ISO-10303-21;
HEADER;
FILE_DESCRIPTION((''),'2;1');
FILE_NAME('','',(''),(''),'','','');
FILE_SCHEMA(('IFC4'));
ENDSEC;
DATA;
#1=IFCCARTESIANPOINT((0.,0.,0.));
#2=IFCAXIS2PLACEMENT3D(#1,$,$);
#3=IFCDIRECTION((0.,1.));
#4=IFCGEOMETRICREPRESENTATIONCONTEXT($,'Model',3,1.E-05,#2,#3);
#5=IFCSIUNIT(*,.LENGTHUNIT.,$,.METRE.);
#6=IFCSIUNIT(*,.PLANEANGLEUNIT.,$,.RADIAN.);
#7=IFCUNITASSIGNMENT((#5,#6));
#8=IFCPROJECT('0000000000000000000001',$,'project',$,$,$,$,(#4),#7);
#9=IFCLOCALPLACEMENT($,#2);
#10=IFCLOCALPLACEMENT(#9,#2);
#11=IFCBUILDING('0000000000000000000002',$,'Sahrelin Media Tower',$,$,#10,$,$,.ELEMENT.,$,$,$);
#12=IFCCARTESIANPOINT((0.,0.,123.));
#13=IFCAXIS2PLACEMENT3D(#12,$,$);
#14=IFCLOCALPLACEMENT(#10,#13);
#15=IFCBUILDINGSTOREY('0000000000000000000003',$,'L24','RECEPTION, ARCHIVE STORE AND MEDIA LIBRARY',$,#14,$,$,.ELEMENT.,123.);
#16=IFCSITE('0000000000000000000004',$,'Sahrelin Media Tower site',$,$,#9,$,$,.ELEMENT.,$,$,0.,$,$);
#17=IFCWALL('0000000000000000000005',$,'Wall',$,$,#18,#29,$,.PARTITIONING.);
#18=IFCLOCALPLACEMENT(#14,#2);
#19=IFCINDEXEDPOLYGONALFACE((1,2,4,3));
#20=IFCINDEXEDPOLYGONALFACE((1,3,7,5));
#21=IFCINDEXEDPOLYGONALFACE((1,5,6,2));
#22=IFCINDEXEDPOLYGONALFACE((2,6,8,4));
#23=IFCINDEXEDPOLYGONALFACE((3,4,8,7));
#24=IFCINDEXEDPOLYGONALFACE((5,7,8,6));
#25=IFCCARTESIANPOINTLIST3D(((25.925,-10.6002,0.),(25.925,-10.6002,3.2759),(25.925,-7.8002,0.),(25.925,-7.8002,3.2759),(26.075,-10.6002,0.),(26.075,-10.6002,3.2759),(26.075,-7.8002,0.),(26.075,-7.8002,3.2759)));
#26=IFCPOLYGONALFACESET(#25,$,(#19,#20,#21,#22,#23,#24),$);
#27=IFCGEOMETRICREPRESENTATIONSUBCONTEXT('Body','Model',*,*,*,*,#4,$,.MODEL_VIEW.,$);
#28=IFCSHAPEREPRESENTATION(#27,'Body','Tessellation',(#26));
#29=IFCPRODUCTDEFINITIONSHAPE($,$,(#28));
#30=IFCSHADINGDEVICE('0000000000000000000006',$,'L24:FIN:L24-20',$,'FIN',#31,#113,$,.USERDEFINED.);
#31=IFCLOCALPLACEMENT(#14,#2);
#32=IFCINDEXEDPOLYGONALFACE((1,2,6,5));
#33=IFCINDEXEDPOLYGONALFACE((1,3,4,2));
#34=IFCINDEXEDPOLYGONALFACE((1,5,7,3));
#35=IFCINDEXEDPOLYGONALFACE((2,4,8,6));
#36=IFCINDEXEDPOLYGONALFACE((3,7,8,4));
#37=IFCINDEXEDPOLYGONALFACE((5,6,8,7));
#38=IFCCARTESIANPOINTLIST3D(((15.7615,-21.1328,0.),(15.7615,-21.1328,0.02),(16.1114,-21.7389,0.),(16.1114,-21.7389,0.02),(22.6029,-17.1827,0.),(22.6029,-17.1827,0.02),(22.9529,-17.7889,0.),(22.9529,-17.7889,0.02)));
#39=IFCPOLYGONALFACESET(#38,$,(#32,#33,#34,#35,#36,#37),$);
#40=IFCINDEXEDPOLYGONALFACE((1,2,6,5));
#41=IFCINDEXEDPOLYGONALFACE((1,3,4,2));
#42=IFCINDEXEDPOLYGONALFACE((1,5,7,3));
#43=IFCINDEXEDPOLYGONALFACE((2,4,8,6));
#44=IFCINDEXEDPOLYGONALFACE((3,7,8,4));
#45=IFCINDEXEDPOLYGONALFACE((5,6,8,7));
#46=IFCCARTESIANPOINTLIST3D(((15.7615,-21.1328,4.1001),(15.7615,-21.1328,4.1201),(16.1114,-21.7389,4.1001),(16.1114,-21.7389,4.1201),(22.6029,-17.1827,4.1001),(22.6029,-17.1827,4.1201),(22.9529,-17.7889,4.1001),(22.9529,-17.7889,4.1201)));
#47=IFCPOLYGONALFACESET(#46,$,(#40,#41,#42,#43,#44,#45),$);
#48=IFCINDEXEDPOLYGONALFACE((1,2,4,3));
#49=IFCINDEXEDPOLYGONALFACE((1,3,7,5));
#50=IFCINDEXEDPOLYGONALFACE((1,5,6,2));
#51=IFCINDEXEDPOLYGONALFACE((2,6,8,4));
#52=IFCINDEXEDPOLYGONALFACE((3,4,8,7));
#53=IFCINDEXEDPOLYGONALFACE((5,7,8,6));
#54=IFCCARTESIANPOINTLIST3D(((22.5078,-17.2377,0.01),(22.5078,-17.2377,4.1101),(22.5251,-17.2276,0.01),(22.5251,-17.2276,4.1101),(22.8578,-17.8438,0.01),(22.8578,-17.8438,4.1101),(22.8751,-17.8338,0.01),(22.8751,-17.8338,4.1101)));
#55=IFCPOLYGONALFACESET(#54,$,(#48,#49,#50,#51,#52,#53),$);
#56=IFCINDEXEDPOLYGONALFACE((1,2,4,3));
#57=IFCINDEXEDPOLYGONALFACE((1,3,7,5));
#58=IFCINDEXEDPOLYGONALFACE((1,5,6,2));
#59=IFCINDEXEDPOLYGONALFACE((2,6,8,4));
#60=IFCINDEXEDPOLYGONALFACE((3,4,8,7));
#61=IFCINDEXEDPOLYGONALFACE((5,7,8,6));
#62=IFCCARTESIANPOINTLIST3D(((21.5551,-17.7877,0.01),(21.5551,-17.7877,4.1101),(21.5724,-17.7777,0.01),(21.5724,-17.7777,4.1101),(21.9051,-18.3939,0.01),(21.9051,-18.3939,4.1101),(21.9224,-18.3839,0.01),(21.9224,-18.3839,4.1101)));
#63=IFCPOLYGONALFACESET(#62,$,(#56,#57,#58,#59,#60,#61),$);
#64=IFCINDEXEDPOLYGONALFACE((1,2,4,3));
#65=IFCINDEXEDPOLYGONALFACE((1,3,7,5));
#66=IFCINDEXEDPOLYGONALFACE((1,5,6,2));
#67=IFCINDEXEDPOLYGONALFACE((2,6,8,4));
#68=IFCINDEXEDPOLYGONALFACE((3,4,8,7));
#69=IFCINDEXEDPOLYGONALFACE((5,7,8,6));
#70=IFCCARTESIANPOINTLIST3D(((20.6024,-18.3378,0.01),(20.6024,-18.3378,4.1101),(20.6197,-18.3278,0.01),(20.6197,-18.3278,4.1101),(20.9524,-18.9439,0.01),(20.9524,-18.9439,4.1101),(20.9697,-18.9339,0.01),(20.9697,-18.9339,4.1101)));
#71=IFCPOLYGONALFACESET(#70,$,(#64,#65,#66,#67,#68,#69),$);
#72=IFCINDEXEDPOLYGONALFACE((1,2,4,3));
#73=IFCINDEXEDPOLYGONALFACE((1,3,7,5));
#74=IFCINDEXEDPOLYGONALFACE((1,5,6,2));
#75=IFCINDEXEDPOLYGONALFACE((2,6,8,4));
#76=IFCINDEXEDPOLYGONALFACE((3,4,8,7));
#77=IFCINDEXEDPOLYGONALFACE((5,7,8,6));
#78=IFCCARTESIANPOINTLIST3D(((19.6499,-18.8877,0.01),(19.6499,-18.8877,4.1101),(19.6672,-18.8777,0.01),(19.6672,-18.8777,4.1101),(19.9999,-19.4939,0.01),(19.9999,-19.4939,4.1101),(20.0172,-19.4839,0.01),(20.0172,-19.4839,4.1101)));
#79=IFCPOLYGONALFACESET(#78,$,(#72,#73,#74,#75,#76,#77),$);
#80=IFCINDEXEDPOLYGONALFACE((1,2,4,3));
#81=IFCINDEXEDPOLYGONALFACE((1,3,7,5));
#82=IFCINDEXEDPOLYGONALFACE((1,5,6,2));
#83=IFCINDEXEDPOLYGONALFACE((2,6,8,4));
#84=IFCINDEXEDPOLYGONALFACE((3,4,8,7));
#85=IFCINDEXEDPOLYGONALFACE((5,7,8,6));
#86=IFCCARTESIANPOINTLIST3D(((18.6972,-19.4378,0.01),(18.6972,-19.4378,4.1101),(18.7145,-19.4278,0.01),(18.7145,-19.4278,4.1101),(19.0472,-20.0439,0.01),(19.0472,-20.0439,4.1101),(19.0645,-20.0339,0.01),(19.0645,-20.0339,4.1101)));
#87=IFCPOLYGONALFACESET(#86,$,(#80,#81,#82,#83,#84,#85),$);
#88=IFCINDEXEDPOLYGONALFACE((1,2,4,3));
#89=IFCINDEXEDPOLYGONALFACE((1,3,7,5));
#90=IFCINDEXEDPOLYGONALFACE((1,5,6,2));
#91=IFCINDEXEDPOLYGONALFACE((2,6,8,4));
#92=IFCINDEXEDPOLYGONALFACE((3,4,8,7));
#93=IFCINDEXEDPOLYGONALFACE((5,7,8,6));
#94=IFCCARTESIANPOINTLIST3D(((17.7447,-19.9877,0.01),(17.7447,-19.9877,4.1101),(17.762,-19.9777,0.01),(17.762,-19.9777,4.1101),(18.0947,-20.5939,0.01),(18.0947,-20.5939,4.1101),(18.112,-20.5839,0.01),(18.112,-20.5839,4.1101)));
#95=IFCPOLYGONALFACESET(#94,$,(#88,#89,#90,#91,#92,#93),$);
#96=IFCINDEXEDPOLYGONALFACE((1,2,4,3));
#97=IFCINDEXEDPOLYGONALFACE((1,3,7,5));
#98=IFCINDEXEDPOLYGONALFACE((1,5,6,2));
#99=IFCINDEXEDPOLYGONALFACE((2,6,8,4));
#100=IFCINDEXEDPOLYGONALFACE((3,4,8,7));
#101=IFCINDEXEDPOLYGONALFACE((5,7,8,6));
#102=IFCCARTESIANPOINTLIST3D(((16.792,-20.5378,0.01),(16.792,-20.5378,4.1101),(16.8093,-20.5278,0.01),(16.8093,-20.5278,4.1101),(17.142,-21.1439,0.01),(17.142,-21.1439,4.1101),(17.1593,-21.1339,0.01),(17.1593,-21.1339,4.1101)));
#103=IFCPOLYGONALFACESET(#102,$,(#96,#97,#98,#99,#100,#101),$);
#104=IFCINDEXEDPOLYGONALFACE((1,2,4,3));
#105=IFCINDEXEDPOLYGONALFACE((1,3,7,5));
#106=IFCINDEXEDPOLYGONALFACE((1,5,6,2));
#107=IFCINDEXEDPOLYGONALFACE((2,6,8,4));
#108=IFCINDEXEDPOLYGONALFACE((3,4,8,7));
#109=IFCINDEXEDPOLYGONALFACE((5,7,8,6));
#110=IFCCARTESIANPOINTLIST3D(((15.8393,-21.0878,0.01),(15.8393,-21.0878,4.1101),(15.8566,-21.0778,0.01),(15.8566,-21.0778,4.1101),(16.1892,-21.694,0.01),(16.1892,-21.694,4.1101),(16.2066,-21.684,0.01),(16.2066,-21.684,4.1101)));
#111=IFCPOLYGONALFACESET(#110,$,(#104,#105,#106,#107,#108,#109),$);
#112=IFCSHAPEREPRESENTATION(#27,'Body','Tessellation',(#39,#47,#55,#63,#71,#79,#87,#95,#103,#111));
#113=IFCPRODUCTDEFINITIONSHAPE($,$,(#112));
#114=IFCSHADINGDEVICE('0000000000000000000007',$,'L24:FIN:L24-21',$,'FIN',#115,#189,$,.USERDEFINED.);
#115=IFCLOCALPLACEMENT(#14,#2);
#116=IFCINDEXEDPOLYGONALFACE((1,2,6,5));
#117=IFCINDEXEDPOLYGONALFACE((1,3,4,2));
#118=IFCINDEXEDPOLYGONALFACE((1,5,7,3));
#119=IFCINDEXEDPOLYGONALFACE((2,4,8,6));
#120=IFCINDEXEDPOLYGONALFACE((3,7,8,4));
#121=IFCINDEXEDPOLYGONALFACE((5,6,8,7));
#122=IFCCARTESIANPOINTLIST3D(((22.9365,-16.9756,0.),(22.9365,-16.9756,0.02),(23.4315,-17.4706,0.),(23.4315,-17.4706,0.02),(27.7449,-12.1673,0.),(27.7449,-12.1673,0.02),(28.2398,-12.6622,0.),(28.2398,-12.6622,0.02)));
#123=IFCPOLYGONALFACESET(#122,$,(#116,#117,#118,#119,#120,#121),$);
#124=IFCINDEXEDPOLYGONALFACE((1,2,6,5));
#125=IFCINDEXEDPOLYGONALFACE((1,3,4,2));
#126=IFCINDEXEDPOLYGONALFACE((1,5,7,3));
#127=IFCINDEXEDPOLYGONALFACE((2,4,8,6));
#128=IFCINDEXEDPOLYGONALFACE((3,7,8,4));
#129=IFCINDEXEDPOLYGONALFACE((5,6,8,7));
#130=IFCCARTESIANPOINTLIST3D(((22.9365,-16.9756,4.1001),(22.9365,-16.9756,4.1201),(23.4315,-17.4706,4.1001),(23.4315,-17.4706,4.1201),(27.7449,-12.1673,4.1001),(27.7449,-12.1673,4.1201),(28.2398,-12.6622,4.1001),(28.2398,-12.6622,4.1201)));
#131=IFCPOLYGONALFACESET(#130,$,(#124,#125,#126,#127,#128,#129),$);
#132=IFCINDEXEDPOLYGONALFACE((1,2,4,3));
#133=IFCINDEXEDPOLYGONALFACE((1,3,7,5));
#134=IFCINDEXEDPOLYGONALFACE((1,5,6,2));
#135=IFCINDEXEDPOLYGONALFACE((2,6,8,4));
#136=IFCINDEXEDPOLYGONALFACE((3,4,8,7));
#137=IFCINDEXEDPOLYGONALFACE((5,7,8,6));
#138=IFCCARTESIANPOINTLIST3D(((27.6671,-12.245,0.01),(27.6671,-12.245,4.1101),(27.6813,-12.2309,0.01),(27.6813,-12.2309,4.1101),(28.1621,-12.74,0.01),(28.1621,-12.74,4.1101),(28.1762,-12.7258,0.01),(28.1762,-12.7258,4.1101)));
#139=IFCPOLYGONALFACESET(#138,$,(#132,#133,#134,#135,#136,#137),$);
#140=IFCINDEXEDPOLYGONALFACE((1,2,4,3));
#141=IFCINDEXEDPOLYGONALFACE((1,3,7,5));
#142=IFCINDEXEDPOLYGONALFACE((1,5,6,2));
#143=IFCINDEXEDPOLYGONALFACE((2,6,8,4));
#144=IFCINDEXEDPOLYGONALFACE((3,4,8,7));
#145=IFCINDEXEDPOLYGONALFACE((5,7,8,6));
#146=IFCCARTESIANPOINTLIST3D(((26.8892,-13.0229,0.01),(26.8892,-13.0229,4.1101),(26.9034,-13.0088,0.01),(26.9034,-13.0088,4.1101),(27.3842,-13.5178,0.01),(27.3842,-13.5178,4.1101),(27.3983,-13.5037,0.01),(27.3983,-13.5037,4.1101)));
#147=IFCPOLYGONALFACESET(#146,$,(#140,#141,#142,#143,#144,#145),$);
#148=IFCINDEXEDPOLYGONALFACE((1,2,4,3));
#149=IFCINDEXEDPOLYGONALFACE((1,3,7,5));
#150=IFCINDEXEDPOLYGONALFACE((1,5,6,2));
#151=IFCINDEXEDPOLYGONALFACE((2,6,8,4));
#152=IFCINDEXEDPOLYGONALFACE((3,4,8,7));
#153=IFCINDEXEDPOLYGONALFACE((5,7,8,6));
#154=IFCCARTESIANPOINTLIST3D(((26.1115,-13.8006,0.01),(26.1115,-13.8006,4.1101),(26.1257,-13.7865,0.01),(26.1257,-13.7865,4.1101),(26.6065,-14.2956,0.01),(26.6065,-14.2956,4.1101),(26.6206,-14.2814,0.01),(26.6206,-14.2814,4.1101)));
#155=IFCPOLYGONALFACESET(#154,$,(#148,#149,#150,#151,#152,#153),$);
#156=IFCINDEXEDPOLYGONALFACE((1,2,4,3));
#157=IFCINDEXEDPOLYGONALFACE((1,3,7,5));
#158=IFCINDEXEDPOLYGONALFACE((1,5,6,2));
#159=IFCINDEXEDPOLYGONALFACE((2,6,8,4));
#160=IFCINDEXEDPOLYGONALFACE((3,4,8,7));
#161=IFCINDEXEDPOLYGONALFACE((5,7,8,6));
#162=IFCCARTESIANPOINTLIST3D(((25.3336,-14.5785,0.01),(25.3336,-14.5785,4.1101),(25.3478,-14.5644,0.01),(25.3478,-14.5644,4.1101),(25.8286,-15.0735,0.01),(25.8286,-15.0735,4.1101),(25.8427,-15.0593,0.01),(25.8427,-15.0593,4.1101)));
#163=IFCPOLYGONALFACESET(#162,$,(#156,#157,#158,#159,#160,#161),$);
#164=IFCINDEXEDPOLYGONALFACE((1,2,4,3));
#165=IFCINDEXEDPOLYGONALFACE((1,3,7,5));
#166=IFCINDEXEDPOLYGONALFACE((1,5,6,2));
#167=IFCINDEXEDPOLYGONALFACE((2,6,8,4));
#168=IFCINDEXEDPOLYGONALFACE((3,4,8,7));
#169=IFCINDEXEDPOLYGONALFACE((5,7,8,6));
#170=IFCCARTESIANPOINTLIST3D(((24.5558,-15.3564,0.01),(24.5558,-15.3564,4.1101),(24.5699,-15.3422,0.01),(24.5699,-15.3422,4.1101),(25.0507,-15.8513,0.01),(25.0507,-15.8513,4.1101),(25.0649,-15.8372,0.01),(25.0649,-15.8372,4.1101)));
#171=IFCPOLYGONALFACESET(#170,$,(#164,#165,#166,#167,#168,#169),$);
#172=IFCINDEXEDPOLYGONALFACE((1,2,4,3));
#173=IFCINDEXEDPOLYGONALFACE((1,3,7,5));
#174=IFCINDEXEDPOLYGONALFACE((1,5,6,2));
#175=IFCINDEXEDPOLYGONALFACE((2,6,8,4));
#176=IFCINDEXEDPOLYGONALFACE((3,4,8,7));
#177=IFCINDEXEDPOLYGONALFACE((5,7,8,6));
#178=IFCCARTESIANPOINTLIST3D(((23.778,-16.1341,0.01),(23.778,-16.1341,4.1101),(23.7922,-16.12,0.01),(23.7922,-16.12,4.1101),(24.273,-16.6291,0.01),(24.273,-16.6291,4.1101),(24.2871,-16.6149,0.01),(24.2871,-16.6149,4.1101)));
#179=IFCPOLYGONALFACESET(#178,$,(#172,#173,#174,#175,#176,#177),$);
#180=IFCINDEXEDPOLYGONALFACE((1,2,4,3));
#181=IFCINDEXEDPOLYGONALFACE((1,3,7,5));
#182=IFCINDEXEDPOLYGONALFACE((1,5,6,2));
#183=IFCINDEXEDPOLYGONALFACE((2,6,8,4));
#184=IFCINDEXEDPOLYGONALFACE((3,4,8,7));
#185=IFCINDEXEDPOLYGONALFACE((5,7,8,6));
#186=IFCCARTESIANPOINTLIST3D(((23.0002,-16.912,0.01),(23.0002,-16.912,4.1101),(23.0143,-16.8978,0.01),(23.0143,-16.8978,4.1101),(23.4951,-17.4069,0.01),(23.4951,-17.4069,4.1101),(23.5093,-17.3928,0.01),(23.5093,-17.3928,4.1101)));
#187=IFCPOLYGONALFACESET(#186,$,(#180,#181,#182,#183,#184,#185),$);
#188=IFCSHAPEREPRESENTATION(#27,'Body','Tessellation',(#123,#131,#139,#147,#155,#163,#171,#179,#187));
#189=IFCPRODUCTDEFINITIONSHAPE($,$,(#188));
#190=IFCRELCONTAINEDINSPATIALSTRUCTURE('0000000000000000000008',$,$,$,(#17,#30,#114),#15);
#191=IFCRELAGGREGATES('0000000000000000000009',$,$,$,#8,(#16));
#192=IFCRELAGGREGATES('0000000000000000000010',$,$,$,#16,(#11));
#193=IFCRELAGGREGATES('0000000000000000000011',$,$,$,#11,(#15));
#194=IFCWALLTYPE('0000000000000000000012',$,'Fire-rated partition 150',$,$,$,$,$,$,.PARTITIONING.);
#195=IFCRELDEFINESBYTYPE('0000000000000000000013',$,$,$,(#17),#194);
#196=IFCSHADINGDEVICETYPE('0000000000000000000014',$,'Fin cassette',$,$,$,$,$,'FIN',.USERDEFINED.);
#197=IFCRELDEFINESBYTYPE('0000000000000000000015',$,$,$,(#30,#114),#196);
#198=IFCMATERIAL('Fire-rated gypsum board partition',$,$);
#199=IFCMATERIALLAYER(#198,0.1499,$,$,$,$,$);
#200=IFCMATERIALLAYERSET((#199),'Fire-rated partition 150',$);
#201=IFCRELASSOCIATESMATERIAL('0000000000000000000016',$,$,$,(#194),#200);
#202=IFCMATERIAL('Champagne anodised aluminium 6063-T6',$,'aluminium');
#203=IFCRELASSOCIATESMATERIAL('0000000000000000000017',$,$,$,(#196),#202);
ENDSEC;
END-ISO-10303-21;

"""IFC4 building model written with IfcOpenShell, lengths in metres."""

from ifc_helpers import new_model, si_unit, direction, frame, frame_2d, origin, origin_2d, place, context, subcontext, project, spatial, rectangle, extrude, material, layer, layer_set, type_object, element, save


model = new_model("IFC4")

# Units and contexts
model_context = context("Model", 3, precision=1e-05, world=origin(), true_north=direction((0.0, 1.0)))
body_context = subcontext(model_context, "Body", "Model", "MODEL_VIEW")
ifc_project = project(units=[si_unit("LENGTHUNIT", "METRE"), si_unit("PLANEANGLEUNIT", "RADIAN")], contexts=[model_context])

# Site, building, storey
site_placement = place(None, origin())
site = spatial("IfcSite", under=ifc_project, at=site_placement, Name="Sahrelin Media Tower site", CompositionType="ELEMENT", RefElevation=0.0)
building_placement = place(site_placement, origin())
building = spatial("IfcBuilding", under=site, at=building_placement, Name="Sahrelin Media Tower", CompositionType="ELEMENT")
storey_placement = place(building_placement, frame((0.0, 0.0, 123.0)))
storey = spatial("IfcBuildingStorey", under=building, at=storey_placement, Name="L24", Description="RECEPTION, ARCHIVE STORE AND MEDIA LIBRARY", CompositionType="ELEMENT", Elevation=123.0)

# Shared definitions
ifc_material_1 = material(Name="Champagne anodised aluminium 6063-T6", Category="aluminium")

# Wall
ifc_material_2 = material(Name="Fire-rated gypsum board partition")
ifc_layer_1 = layer(ifc_material_2, 0.1499)
ifc_layer_set_1 = layer_set([ifc_layer_1], Name="Fire-rated partition 150")
wall_type = type_object("IfcWallType", Name="Fire-rated partition 150", PredefinedType="PARTITIONING", material=ifc_layer_set_1)
wall_placement = place(storey_placement, frame((26.0, -10.6001, 0.0), z_axis=(0.0, 0.0, 1.0), x_axis=(0.0, 1.0, 0.0)))
element("IfcWall", 1, at=wall_placement, inside=storey, type_object=wall_type, Name="Wall", PredefinedType="PARTITIONING", context=body_context, shape_type="SweptSolid", body=[
    extrude(rectangle(XDim=2.8, YDim=0.1499, at=frame_2d((1.3999, 0.0))), origin(), (0.0, 0.0, 1.0), 3.2759),
])

# Shading devices
shading_device_type_1 = type_object("IfcShadingDeviceType", Name="Fin cassette", ElementType="FIN", PredefinedType="USERDEFINED", material=ifc_material_1)
placement_1 = place(storey_placement, frame((19.1472, -19.0972, 0.0), z_axis=(0.0, 0.0, 1.0), x_axis=(-0.866019, -0.500011, 0.0)))
element("IfcShadingDevice", 2, at=placement_1, inside=storey, type_object=shading_device_type_1, Name="L24:FIN:L24-20", ObjectType="FIN", PredefinedType="USERDEFINED", context=body_context, shape_type="SweptSolid", body=[
    extrude(rectangle(XDim=7.8999, YDim=0.7, at=origin_2d()), frame((0.0, 0.4199, 0.0)), (0.0, 0.0, 1.0), 0.02),
    extrude(rectangle(XDim=7.8999, YDim=0.7, at=origin_2d()), frame((0.0, 0.4199, 4.1001)), (0.0, 0.0, 1.0), 0.02),
    extrude(rectangle(XDim=0.02, YDim=0.7, at=origin_2d()), frame((-3.8501, 0.4199, 0.01), z_axis=(0.0, 0.0, 1.0), x_axis=(1.0, 0.0, 0.0)), (0.0, 0.0, 1.0), 4.1001),
    extrude(rectangle(XDim=0.02, YDim=0.7, at=origin_2d()), frame((-2.75, 0.4199, 0.01), z_axis=(0.0, 0.0, 1.0), x_axis=(1.0, 0.0, 0.0)), (0.0, 0.0, 1.0), 4.1001),
    extrude(rectangle(XDim=0.02, YDim=0.7, at=origin_2d()), frame((-1.6499, 0.4199, 0.01), z_axis=(0.0, 0.0, 1.0), x_axis=(1.0, 0.0, 0.0)), (0.0, 0.0, 1.0), 4.1001),
    extrude(rectangle(XDim=0.02, YDim=0.7, at=origin_2d()), frame((-0.55, 0.4199, 0.01), z_axis=(0.0, 0.0, 1.0), x_axis=(1.0, 0.0, 0.0)), (0.0, 0.0, 1.0), 4.1001),
    extrude(rectangle(XDim=0.02, YDim=0.7, at=origin_2d()), frame((0.55, 0.4199, 0.01), z_axis=(0.0, 0.0, 1.0), x_axis=(1.0, 0.0, 0.0)), (0.0, 0.0, 1.0), 4.1001),
    extrude(rectangle(XDim=0.02, YDim=0.7, at=origin_2d()), frame((1.6499, 0.4199, 0.01), z_axis=(0.0, 0.0, 1.0), x_axis=(1.0, 0.0, 0.0)), (0.0, 0.0, 1.0), 4.1001),
    extrude(rectangle(XDim=0.02, YDim=0.7, at=origin_2d()), frame((2.75, 0.4199, 0.01), z_axis=(0.0, 0.0, 1.0), x_axis=(1.0, 0.0, 0.0)), (0.0, 0.0, 1.0), 4.1001),
    extrude(rectangle(XDim=0.02, YDim=0.7, at=origin_2d()), frame((3.8501, 0.4199, 0.01), z_axis=(0.0, 0.0, 1.0), x_axis=(1.0, 0.0, 0.0)), (0.0, 0.0, 1.0), 4.1001),
])
placement_2 = place(storey_placement, frame((25.2913, -14.522, 0.0), z_axis=(0.0, 0.0, 1.0), x_axis=(-0.707107, -0.707107, 0.0)))
element("IfcShadingDevice", 3, at=placement_2, inside=storey, type_object=shading_device_type_1, Name="L24:FIN:L24-21", ObjectType="FIN", PredefinedType="USERDEFINED", context=body_context, shape_type="SweptSolid", body=[
    extrude(rectangle(XDim=6.8, YDim=0.7, at=origin_2d()), frame((0.0, 0.4199, 0.0)), (0.0, 0.0, 1.0), 0.02),
    extrude(rectangle(XDim=6.8, YDim=0.7, at=origin_2d()), frame((0.0, 0.4199, 4.1001)), (0.0, 0.0, 1.0), 0.02),
    extrude(rectangle(XDim=0.02, YDim=0.7, at=origin_2d()), frame((-3.3, 0.4199, 0.01), z_axis=(0.0, 0.0, 1.0), x_axis=(1.0, 0.0, 0.0)), (0.0, 0.0, 1.0), 4.1001),
    extrude(rectangle(XDim=0.02, YDim=0.7, at=origin_2d()), frame((-2.2, 0.4199, 0.01), z_axis=(0.0, 0.0, 1.0), x_axis=(1.0, 0.0, 0.0)), (0.0, 0.0, 1.0), 4.1001),
    extrude(rectangle(XDim=0.02, YDim=0.7, at=origin_2d()), frame((-1.1001, 0.4199, 0.01), z_axis=(0.0, 0.0, 1.0), x_axis=(1.0, 0.0, 0.0)), (0.0, 0.0, 1.0), 4.1001),
    extrude(rectangle(XDim=0.02, YDim=0.7, at=origin_2d()), frame((0.0, 0.4199, 0.01), z_axis=(0.0, 0.0, 1.0), x_axis=(1.0, 0.0, 0.0)), (0.0, 0.0, 1.0), 4.1001),
    extrude(rectangle(XDim=0.02, YDim=0.7, at=origin_2d()), frame((1.1001, 0.4199, 0.01), z_axis=(0.0, 0.0, 1.0), x_axis=(1.0, 0.0, 0.0)), (0.0, 0.0, 1.0), 4.1001),
    extrude(rectangle(XDim=0.02, YDim=0.7, at=origin_2d()), frame((2.2, 0.4199, 0.01), z_axis=(0.0, 0.0, 1.0), x_axis=(1.0, 0.0, 0.0)), (0.0, 0.0, 1.0), 4.1001),
    extrude(rectangle(XDim=0.02, YDim=0.7, at=origin_2d()), frame((3.3, 0.4199, 0.01), z_axis=(0.0, 0.0, 1.0), x_axis=(1.0, 0.0, 0.0)), (0.0, 0.0, 1.0), 4.1001),
])

save(model, "model.ifc")
